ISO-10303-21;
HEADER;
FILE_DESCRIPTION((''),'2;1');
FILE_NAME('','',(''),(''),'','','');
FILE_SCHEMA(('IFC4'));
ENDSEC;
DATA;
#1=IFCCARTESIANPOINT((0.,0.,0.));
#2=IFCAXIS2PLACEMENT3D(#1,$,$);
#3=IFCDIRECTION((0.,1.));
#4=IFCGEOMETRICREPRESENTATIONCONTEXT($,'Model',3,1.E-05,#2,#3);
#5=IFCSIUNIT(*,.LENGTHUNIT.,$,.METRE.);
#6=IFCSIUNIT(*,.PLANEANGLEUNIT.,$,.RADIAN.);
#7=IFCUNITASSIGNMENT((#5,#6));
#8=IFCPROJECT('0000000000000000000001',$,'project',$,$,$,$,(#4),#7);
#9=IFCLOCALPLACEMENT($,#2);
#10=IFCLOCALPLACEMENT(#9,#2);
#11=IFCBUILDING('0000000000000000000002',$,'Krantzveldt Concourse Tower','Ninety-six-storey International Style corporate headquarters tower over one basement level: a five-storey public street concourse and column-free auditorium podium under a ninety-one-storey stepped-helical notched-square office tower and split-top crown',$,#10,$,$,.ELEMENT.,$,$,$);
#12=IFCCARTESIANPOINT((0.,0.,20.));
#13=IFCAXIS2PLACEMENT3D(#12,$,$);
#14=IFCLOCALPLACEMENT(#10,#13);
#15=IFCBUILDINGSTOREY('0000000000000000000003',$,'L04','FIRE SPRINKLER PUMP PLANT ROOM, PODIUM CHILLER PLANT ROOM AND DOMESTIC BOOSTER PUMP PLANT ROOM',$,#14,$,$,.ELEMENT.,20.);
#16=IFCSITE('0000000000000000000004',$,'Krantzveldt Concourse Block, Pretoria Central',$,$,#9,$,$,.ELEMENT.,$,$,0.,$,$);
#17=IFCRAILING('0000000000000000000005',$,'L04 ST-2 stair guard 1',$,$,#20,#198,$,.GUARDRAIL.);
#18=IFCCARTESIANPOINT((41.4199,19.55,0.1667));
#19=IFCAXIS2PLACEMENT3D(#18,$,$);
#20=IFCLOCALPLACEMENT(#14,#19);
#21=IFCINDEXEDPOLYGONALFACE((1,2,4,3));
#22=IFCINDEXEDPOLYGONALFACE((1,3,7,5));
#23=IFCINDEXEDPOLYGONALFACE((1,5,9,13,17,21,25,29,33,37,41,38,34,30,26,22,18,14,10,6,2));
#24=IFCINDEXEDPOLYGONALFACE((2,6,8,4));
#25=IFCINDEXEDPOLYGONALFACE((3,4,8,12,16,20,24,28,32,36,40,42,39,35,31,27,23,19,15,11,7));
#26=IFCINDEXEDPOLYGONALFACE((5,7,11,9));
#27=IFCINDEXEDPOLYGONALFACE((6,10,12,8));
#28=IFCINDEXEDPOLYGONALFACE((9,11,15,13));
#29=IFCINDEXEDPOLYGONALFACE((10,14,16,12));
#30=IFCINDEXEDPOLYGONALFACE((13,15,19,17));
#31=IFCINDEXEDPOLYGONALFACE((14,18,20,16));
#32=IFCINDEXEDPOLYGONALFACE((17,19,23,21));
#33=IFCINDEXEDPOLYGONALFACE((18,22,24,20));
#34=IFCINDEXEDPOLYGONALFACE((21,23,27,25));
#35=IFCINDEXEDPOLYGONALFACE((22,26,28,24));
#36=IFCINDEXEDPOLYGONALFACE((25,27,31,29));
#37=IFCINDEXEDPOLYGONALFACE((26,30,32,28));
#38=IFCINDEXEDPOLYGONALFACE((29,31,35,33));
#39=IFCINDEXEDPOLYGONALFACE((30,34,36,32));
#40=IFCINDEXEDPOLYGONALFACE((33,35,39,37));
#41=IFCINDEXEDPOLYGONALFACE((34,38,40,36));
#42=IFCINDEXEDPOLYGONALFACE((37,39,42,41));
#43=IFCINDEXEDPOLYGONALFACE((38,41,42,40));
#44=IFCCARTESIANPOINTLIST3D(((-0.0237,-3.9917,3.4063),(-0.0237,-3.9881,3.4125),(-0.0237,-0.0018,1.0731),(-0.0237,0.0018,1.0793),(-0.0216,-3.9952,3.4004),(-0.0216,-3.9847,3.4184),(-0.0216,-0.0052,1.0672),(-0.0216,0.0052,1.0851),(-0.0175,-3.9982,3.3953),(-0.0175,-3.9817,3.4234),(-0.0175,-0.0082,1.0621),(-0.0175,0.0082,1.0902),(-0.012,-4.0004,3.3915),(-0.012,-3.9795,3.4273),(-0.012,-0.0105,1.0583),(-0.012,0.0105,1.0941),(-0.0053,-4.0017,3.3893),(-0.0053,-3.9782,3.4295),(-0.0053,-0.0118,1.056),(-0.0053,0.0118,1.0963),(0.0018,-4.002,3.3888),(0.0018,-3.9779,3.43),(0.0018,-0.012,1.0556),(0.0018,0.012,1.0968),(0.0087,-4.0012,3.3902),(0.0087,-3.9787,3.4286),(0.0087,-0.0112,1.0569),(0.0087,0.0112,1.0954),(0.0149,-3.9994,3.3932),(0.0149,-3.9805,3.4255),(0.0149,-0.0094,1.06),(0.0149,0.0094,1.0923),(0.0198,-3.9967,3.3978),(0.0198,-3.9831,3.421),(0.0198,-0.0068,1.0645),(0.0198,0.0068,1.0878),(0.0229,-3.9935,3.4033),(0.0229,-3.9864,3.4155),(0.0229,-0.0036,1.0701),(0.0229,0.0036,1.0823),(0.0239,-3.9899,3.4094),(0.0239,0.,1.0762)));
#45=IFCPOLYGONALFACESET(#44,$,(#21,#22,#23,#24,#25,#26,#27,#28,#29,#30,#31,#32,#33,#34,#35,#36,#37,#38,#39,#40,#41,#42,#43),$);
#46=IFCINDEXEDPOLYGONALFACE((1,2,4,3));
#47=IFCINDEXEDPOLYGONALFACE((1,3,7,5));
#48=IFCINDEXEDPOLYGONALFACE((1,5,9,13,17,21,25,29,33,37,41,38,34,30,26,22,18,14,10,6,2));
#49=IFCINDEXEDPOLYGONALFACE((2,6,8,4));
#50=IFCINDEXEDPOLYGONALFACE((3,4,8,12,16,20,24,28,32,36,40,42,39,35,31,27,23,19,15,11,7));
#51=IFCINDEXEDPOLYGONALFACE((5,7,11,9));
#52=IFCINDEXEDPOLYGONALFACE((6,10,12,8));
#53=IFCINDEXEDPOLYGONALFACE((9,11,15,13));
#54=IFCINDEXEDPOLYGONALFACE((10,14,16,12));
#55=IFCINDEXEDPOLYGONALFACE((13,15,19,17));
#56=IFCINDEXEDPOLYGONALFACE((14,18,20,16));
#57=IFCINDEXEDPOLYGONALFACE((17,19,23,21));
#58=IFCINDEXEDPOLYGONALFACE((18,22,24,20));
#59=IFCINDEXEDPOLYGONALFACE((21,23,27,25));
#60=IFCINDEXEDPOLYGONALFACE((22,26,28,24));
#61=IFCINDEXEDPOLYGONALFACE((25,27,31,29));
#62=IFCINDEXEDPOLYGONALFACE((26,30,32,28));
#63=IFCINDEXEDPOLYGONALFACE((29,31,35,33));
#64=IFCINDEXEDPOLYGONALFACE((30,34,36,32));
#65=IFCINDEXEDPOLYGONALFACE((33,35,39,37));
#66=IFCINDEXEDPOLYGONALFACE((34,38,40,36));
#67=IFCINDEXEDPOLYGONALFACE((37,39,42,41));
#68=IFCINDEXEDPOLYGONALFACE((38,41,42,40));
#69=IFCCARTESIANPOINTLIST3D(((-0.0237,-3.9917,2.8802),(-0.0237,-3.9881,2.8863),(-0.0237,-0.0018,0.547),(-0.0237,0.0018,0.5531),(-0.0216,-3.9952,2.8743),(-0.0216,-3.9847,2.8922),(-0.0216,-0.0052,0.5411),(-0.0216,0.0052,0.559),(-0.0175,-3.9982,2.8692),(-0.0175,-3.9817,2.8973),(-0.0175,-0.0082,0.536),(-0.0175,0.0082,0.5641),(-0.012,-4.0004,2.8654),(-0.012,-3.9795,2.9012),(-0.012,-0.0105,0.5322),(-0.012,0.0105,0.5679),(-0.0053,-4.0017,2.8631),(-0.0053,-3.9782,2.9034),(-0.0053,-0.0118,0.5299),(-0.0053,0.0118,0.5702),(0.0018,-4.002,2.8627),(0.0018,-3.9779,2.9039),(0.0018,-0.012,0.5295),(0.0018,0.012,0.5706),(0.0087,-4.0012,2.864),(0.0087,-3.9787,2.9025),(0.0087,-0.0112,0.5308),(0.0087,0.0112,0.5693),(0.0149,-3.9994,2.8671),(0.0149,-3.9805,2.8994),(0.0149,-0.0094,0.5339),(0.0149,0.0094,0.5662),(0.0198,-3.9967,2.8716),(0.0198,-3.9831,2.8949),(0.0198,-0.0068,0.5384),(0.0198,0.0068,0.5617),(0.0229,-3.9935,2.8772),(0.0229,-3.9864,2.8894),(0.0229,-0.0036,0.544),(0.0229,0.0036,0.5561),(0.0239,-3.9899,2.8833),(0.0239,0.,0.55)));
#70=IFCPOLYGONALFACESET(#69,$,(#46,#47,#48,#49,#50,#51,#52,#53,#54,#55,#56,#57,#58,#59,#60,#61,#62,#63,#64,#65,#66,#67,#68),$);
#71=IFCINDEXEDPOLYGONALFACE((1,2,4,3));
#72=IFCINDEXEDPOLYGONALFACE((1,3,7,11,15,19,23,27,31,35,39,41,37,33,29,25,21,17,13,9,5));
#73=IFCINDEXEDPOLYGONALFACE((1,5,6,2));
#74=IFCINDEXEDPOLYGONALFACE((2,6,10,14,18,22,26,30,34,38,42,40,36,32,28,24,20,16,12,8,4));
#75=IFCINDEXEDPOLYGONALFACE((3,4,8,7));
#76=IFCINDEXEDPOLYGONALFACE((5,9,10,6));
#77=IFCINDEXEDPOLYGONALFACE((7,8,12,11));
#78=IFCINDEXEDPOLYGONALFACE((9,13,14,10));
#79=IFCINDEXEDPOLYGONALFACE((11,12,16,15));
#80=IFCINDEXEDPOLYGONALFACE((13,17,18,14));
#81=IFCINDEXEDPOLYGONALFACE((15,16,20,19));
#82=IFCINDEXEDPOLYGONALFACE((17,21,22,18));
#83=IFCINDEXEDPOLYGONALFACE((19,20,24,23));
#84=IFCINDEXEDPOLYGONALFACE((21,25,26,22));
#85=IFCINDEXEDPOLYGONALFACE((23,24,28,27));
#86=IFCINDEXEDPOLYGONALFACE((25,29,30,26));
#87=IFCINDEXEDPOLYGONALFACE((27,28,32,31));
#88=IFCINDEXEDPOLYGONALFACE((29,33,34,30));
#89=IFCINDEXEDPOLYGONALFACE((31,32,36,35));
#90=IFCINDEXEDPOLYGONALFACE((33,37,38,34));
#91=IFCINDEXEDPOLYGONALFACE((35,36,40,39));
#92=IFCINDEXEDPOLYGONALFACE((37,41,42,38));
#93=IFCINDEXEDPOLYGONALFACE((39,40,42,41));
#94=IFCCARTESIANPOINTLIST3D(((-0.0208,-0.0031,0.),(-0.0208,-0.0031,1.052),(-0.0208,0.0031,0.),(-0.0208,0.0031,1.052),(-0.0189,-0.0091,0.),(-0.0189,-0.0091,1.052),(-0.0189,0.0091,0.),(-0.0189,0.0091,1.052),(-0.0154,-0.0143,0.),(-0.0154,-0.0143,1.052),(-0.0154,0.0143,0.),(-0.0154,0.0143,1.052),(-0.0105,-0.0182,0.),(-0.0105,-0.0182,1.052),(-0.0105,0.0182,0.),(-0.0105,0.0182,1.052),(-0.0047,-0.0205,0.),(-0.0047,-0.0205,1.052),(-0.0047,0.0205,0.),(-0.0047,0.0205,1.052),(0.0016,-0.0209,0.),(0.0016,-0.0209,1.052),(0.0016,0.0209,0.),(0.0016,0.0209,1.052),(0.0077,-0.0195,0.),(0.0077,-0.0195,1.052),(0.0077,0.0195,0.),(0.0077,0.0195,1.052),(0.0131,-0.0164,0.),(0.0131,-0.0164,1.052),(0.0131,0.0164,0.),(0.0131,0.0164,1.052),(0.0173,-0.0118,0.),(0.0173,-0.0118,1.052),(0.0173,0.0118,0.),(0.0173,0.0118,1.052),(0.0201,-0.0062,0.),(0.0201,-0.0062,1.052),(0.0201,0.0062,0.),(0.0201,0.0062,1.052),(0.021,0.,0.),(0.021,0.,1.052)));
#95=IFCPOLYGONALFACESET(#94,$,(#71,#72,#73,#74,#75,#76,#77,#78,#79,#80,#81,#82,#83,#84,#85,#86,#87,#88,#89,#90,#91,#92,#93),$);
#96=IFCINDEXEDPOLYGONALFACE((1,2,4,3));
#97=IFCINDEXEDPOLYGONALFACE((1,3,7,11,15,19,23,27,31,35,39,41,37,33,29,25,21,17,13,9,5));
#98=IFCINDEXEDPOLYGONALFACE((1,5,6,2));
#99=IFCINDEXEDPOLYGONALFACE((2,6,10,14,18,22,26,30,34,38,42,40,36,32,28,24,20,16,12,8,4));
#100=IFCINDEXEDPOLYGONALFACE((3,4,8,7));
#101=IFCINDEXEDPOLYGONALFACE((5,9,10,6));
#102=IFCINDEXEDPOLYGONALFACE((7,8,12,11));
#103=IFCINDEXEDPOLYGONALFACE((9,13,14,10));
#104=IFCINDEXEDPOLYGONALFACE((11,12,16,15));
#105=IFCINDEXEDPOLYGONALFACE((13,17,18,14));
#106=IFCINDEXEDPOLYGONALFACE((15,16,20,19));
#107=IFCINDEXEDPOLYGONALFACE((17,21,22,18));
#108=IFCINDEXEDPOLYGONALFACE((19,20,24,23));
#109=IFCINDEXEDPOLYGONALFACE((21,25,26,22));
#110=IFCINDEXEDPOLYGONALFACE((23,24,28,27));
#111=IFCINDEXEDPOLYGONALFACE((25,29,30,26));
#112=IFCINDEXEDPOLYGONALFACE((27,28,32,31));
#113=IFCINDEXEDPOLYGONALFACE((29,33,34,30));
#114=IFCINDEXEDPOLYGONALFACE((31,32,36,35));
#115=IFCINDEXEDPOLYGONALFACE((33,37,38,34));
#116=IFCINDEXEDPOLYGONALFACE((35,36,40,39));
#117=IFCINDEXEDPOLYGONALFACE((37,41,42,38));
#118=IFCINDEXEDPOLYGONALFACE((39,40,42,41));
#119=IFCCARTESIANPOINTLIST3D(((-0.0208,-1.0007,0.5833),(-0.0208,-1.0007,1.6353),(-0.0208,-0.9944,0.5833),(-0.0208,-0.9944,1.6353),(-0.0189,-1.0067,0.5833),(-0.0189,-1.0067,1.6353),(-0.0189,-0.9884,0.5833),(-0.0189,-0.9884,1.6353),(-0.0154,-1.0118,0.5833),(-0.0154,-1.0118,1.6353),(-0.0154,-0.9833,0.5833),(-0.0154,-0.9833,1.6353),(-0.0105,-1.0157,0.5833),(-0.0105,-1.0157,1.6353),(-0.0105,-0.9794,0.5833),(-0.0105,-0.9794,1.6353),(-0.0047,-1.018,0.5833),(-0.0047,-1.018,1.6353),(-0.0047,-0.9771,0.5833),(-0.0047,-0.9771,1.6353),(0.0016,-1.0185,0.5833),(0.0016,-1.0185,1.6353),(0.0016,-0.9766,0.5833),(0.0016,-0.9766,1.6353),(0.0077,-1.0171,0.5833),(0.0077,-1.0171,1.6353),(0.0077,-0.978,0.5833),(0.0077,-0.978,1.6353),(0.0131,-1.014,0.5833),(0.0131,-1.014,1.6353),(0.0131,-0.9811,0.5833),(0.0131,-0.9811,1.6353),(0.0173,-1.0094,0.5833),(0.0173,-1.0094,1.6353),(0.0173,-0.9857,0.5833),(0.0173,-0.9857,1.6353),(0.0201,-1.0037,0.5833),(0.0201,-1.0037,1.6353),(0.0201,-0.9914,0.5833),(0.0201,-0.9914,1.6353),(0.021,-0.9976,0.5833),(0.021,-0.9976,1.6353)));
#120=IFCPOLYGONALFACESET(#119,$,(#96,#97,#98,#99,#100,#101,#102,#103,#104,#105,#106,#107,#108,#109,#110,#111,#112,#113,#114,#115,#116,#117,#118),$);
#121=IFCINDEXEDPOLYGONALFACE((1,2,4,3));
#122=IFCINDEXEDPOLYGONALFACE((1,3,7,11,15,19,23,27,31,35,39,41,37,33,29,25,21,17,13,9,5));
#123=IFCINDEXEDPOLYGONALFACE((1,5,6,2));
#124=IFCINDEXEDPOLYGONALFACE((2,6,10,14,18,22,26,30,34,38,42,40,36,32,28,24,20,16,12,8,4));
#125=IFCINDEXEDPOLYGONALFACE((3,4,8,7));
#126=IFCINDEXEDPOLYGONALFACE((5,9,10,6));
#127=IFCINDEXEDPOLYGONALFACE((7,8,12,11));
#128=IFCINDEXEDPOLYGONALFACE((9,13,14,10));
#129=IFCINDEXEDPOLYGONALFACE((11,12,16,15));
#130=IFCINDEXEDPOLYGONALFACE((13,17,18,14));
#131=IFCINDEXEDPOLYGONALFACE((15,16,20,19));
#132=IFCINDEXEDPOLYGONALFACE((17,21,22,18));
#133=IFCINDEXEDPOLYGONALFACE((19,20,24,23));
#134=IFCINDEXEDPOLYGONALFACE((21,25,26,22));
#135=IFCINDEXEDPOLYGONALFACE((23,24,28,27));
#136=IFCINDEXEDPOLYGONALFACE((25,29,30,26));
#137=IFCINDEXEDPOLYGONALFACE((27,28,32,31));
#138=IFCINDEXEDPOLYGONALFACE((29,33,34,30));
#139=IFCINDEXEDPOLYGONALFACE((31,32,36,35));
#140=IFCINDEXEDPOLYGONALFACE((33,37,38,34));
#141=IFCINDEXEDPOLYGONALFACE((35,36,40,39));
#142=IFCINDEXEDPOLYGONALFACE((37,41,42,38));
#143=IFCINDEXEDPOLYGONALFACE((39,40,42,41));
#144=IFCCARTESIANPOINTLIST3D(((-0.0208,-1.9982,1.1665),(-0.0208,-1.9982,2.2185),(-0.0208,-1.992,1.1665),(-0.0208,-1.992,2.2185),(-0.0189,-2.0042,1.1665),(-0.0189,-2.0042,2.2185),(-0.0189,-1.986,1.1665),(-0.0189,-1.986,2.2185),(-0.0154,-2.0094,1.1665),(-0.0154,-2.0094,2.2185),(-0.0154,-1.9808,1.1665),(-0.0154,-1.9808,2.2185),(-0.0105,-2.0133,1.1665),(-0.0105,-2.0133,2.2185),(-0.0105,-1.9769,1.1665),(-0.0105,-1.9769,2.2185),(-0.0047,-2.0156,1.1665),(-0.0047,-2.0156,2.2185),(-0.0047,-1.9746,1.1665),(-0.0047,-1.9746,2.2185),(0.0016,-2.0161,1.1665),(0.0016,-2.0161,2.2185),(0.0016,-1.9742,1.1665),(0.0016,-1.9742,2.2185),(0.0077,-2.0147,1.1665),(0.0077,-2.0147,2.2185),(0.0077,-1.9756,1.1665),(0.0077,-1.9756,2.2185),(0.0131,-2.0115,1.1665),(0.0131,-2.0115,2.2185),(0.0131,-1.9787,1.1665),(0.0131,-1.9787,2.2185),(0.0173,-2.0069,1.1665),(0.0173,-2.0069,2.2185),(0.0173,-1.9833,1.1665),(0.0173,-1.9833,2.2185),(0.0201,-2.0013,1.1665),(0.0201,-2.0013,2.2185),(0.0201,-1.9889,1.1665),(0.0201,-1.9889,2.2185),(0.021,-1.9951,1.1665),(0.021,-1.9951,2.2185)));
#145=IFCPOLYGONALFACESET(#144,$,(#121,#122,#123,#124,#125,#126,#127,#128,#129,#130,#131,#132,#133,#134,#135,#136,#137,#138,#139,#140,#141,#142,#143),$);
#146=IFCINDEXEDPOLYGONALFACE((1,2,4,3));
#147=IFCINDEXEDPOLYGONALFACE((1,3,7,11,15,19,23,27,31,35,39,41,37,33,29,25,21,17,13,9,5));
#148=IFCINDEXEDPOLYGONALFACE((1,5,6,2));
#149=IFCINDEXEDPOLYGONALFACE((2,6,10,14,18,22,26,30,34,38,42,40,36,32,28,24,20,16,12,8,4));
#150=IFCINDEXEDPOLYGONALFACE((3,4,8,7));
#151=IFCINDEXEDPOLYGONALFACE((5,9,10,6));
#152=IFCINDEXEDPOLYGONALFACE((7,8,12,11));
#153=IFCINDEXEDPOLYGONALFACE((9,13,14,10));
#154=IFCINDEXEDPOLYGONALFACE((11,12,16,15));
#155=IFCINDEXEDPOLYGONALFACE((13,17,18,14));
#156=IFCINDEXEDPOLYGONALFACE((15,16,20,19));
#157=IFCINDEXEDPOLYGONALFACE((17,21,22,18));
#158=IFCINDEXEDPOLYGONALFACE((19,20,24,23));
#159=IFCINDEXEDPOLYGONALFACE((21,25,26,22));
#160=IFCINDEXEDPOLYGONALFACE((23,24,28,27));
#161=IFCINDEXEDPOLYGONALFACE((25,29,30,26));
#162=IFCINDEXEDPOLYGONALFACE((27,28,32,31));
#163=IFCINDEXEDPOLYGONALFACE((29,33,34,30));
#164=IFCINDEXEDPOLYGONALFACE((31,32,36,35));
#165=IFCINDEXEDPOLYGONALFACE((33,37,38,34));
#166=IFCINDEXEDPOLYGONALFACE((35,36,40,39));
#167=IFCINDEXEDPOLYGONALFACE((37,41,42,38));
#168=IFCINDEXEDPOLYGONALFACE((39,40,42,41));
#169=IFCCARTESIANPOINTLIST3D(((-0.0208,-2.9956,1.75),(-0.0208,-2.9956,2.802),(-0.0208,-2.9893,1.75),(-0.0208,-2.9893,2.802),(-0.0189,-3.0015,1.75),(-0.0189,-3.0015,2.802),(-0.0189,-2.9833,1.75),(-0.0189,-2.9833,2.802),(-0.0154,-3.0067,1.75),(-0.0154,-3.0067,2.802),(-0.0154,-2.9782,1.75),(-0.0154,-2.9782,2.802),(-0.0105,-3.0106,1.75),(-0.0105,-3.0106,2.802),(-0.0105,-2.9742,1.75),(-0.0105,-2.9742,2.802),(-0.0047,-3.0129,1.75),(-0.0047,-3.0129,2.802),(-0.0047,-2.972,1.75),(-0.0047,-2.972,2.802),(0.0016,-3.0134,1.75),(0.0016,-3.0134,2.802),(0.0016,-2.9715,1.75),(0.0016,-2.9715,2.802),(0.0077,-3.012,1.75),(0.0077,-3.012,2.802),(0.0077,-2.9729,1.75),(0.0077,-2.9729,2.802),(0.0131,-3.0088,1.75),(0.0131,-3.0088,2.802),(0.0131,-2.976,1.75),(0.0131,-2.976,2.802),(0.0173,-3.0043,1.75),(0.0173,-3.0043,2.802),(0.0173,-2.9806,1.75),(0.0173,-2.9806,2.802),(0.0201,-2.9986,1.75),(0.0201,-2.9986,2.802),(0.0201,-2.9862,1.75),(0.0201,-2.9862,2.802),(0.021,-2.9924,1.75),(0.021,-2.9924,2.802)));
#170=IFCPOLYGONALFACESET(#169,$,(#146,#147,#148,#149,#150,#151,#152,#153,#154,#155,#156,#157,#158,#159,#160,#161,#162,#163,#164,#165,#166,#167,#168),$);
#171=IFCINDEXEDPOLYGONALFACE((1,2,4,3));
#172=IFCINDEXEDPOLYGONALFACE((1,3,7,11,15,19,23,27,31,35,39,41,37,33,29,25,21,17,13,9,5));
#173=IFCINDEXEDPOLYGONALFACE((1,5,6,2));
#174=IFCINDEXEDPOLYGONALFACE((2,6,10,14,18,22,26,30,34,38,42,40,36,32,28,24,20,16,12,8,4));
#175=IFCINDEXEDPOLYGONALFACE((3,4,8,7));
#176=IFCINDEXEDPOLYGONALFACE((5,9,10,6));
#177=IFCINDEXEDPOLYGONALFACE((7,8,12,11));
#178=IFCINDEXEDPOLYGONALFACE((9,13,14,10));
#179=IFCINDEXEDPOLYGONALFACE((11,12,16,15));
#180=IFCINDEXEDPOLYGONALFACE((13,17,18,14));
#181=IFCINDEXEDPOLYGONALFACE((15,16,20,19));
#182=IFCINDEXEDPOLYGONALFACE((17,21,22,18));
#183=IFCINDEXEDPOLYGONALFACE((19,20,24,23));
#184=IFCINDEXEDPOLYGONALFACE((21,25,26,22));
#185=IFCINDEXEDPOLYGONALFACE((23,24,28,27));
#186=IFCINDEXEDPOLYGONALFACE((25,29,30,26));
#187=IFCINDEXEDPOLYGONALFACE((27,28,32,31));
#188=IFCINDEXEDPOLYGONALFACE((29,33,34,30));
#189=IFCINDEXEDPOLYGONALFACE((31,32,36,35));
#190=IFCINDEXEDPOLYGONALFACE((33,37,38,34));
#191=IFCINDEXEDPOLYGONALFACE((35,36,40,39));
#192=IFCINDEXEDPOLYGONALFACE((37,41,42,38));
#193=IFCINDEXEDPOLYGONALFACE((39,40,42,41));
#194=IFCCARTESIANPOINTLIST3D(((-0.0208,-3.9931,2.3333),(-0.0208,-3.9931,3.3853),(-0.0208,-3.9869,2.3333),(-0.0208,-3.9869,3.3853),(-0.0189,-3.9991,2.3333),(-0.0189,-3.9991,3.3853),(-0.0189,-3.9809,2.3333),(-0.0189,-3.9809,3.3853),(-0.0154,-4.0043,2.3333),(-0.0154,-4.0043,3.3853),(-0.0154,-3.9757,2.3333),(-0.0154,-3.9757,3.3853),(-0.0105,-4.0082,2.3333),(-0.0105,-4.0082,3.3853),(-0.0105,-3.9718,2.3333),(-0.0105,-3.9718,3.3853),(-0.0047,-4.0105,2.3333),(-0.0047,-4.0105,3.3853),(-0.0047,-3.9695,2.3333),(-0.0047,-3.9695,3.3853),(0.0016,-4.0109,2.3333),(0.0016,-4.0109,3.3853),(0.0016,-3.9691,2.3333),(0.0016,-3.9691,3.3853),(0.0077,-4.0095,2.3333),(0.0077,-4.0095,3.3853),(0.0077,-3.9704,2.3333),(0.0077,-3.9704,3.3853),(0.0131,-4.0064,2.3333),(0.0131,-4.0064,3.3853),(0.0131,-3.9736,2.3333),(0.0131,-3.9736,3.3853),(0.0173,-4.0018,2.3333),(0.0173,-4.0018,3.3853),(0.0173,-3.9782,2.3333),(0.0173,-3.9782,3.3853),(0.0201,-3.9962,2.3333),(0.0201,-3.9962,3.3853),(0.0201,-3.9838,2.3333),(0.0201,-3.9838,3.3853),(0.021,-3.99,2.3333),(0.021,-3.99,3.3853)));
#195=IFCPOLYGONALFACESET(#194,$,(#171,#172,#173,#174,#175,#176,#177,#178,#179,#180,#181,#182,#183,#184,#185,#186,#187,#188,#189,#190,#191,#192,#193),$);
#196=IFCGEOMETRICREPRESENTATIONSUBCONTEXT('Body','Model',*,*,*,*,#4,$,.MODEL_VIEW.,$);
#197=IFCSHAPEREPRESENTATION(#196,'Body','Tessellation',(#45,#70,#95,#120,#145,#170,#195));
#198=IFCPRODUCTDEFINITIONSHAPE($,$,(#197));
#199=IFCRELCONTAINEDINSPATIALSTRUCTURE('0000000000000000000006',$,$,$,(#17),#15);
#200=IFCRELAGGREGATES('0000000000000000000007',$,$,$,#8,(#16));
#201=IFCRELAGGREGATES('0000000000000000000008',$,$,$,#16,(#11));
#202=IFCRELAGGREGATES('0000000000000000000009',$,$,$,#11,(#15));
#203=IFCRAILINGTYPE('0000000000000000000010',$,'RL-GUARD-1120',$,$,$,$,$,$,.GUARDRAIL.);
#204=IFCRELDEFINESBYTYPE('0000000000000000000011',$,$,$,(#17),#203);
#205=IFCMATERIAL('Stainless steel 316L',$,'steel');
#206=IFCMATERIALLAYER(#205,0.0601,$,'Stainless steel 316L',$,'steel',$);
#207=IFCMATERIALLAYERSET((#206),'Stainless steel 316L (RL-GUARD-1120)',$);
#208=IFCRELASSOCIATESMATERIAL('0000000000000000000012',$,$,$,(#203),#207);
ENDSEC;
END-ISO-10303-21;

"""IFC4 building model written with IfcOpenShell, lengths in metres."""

from ifc_helpers import new_model, si_unit, direction, frame, origin, origin_2d, place, context, subcontext, project, spatial, circle, extrude, material, layer, layer_set, type_object, element, save


model = new_model("IFC4")

# Units and contexts
model_context = context("Model", 3, precision=1e-05, world=origin(), true_north=direction((0.0, 1.0)))
body_context = subcontext(model_context, "Body", "Model", "MODEL_VIEW")
ifc_project = project(units=[si_unit("LENGTHUNIT", "METRE"), si_unit("PLANEANGLEUNIT", "RADIAN")], contexts=[model_context])

# Site, building, storey
site_placement = place(None, origin())
site = spatial("IfcSite", under=ifc_project, at=site_placement, Name="Krantzveldt Concourse Block, Pretoria Central", CompositionType="ELEMENT", RefElevation=0.0)
building_placement = place(site_placement, origin())
building = spatial("IfcBuilding", under=site, at=building_placement, Name="Krantzveldt Concourse Tower", Description="Ninety-six-storey International Style corporate headquarters tower over one basement level: a five-storey public street concourse and column-free auditorium podium under a ninety-one-storey stepped-helical notched-square office tower and split-top crown", CompositionType="ELEMENT")
storey_placement = place(building_placement, frame((0.0, 0.0, 20.0)))
storey = spatial("IfcBuildingStorey", under=building, at=storey_placement, Name="L04", Description="FIRE SPRINKLER PUMP PLANT ROOM, PODIUM CHILLER PLANT ROOM AND DOMESTIC BOOSTER PUMP PLANT ROOM", CompositionType="ELEMENT", Elevation=20.0)

# Shared definitions
ifc_material_1 = material(Name="Stainless steel 316L", Category="steel")

# Railing
ifc_layer_1 = layer(ifc_material_1, 0.0601, Name="Stainless steel 316L", Category="steel")
ifc_layer_set_1 = layer_set([ifc_layer_1], Name="Stainless steel 316L (RL-GUARD-1120)")
railing_type = type_object("IfcRailingType", Name="RL-GUARD-1120", PredefinedType="GUARDRAIL", material=ifc_layer_set_1)
railing_1_placement = place(storey_placement, frame((41.4199, 19.55, 0.1667)))
element("IfcRailing", 1, at=railing_1_placement, inside=storey, type_object=railing_type, Name="L04 ST-2 stair guard 1", PredefinedType="GUARDRAIL", context=body_context, shape_type="SweptSolid", body=[
    extrude(circle(Radius=0.0239, at=origin_2d()), frame((0.0, 0.0, 1.0762), z_axis=(0.0, -0.863236, 0.5048), x_axis=(1.0, 0.0, 0.0)), (0.0, 0.0, 1.0), 4.6221),
    extrude(circle(Radius=0.0239, at=origin_2d()), frame((0.0, 0.0, 0.55), z_axis=(0.0, -0.863236, 0.5048), x_axis=(1.0, 0.0, 0.0)), (0.0, 0.0, 1.0), 4.6221),
    extrude(circle(Radius=0.021, at=origin_2d()), origin(), (0.0, 0.0, 1.0), 1.052),
    extrude(circle(Radius=0.021, at=origin_2d()), frame((0.0, -0.9976, 0.5833)), (0.0, 0.0, 1.0), 1.052),
    extrude(circle(Radius=0.021, at=origin_2d()), frame((0.0, -1.9951, 1.1665)), (0.0, 0.0, 1.0), 1.052),
    extrude(circle(Radius=0.021, at=origin_2d()), frame((0.0, -2.9924, 1.75)), (0.0, 0.0, 1.0), 1.052),
    extrude(circle(Radius=0.021, at=origin_2d()), frame((0.0, -3.99, 2.3333)), (0.0, 0.0, 1.0), 1.052),
])

save(model, "model.ifc")
